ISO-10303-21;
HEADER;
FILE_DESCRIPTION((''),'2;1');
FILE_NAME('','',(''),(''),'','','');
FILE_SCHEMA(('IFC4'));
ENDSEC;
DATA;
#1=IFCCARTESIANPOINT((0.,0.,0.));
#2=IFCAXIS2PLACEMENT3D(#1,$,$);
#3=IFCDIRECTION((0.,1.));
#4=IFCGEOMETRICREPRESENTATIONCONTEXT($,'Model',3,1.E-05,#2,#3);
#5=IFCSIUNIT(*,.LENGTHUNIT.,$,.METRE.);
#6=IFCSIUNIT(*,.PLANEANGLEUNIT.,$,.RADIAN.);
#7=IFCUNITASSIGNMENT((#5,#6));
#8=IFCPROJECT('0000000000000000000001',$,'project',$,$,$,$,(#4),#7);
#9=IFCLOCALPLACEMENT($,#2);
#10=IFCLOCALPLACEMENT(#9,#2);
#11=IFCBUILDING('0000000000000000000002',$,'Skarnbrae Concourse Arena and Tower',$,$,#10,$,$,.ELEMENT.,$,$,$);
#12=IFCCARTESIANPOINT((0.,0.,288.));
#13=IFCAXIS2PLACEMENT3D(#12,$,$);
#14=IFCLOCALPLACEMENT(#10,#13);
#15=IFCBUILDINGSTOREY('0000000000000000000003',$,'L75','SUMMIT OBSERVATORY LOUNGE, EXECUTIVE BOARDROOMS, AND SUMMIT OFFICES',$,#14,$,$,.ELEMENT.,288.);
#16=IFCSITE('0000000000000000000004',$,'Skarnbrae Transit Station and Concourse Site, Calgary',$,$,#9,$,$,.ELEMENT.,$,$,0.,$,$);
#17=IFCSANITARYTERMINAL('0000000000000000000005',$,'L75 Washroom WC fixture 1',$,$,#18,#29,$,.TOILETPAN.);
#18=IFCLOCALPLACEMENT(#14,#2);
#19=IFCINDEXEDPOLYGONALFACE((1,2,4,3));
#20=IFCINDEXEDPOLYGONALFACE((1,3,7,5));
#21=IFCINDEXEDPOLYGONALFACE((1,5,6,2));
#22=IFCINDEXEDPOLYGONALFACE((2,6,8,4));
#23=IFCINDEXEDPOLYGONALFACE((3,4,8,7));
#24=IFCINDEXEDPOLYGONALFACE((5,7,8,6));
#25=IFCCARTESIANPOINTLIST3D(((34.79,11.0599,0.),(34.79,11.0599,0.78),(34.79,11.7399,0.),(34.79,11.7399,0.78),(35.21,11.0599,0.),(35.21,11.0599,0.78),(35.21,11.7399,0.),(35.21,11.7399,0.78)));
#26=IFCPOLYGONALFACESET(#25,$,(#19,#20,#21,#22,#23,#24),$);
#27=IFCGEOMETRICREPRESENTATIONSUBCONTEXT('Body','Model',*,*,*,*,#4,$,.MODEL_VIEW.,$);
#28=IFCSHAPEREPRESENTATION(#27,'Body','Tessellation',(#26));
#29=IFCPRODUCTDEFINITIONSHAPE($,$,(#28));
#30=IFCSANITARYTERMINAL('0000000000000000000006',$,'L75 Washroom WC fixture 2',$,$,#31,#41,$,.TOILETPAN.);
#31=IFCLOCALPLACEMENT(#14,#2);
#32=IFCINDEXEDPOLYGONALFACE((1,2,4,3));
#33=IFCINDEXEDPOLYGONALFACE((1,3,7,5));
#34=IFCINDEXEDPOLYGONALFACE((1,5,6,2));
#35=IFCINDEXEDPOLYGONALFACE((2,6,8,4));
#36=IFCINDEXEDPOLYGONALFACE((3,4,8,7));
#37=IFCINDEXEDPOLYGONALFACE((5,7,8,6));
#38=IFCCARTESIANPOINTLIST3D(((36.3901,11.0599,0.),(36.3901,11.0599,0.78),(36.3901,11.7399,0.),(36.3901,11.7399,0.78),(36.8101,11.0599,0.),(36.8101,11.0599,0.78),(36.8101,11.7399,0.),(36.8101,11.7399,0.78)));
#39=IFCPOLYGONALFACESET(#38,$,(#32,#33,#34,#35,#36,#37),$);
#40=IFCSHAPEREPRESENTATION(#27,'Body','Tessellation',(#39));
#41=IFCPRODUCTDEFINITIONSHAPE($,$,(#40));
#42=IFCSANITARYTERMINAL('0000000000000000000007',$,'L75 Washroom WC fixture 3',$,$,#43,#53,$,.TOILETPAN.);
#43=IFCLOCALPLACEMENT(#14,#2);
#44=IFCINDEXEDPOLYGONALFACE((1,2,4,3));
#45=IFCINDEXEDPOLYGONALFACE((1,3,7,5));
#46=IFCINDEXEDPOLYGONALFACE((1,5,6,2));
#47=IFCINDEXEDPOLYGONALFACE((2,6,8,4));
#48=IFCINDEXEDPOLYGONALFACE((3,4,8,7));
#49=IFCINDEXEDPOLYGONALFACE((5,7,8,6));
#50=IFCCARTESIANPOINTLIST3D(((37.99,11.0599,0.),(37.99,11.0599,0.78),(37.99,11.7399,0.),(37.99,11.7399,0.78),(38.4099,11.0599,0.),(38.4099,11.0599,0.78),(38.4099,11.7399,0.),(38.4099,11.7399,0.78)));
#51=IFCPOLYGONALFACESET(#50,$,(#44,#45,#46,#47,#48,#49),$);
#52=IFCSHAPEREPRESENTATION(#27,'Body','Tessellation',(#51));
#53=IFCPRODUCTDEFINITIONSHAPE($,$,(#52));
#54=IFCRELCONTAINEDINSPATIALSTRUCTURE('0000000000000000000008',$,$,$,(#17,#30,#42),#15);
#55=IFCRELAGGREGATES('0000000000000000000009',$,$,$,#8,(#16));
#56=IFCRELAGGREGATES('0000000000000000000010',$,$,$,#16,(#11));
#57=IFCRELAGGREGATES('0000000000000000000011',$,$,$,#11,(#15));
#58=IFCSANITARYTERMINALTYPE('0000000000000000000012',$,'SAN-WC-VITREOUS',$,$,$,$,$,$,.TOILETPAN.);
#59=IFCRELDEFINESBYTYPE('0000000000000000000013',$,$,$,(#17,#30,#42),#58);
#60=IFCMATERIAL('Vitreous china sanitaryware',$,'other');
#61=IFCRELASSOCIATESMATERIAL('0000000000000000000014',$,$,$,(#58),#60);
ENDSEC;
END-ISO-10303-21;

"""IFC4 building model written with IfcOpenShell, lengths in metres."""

from ifc_helpers import new_model, si_unit, direction, frame, origin, origin_2d, place, context, subcontext, project, spatial, rectangle, extrude, source, transform, mapped, material, type_object, element, save


model = new_model("IFC4")

# Units and contexts
model_context = context("Model", 3, precision=1e-05, world=origin(), true_north=direction((0.0, 1.0)))
body_context = subcontext(model_context, "Body", "Model", "MODEL_VIEW")
ifc_project = project(units=[si_unit("LENGTHUNIT", "METRE"), si_unit("PLANEANGLEUNIT", "RADIAN")], contexts=[model_context])

# Site, building, storey
site_placement = place(None, origin())
site = spatial("IfcSite", under=ifc_project, at=site_placement, Name="Skarnbrae Transit Station and Concourse Site, Calgary", CompositionType="ELEMENT", RefElevation=0.0)
building_placement = place(site_placement, origin())
building = spatial("IfcBuilding", under=site, at=building_placement, Name="Skarnbrae Concourse Arena and Tower", CompositionType="ELEMENT")
storey_placement = place(building_placement, frame((0.0, 0.0, 288.0)))
storey = spatial("IfcBuildingStorey", under=building, at=storey_placement, Name="L75", Description="SUMMIT OBSERVATORY LOUNGE, EXECUTIVE BOARDROOMS, AND SUMMIT OFFICES", CompositionType="ELEMENT", Elevation=288.0)

# Sanitary terminals
ifc_material_1 = material(Name="Vitreous china sanitaryware", Category="other")
sanitary_terminal_type = type_object("IfcSanitaryTerminalType", Name="SAN-WC-VITREOUS", PredefinedType="TOILETPAN", material=ifc_material_1)
shared_shape_1 = source(origin(), body_context, "Body", "SweptSolid", [
    extrude(rectangle(XDim=0.4199, YDim=0.6799, at=origin_2d()), origin(), (0.0, 0.0, 1.0), 0.78),
])
for number, where, z_axis, x_axis, name in (
    (1, (35.0, 11.3999, 0.0), (0.0, 0.0, 1.0), (1.0, 0.0, 0.0), "L75 Washroom WC fixture 1"),
    (2, (36.6001, 11.3999, 0.0), (0.0, 0.0, 1.0), (1.0, 0.0, 0.0), "L75 Washroom WC fixture 2"),
    (3, (38.2, 11.3999, 0.0), (0.0, 0.0, 1.0), (1.0, 0.0, 0.0), "L75 Washroom WC fixture 3"),
):
    element("IfcSanitaryTerminal", number, at=place(storey_placement, frame(where, z_axis=z_axis, x_axis=x_axis)), inside=storey, type_object=sanitary_terminal_type, Name=name, PredefinedType="TOILETPAN", context=body_context, shape_type="MappedRepresentation", body=[
        mapped(shared_shape_1, transform((0.0, 0.0, 0.0))),
    ])

save(model, "model.ifc")
